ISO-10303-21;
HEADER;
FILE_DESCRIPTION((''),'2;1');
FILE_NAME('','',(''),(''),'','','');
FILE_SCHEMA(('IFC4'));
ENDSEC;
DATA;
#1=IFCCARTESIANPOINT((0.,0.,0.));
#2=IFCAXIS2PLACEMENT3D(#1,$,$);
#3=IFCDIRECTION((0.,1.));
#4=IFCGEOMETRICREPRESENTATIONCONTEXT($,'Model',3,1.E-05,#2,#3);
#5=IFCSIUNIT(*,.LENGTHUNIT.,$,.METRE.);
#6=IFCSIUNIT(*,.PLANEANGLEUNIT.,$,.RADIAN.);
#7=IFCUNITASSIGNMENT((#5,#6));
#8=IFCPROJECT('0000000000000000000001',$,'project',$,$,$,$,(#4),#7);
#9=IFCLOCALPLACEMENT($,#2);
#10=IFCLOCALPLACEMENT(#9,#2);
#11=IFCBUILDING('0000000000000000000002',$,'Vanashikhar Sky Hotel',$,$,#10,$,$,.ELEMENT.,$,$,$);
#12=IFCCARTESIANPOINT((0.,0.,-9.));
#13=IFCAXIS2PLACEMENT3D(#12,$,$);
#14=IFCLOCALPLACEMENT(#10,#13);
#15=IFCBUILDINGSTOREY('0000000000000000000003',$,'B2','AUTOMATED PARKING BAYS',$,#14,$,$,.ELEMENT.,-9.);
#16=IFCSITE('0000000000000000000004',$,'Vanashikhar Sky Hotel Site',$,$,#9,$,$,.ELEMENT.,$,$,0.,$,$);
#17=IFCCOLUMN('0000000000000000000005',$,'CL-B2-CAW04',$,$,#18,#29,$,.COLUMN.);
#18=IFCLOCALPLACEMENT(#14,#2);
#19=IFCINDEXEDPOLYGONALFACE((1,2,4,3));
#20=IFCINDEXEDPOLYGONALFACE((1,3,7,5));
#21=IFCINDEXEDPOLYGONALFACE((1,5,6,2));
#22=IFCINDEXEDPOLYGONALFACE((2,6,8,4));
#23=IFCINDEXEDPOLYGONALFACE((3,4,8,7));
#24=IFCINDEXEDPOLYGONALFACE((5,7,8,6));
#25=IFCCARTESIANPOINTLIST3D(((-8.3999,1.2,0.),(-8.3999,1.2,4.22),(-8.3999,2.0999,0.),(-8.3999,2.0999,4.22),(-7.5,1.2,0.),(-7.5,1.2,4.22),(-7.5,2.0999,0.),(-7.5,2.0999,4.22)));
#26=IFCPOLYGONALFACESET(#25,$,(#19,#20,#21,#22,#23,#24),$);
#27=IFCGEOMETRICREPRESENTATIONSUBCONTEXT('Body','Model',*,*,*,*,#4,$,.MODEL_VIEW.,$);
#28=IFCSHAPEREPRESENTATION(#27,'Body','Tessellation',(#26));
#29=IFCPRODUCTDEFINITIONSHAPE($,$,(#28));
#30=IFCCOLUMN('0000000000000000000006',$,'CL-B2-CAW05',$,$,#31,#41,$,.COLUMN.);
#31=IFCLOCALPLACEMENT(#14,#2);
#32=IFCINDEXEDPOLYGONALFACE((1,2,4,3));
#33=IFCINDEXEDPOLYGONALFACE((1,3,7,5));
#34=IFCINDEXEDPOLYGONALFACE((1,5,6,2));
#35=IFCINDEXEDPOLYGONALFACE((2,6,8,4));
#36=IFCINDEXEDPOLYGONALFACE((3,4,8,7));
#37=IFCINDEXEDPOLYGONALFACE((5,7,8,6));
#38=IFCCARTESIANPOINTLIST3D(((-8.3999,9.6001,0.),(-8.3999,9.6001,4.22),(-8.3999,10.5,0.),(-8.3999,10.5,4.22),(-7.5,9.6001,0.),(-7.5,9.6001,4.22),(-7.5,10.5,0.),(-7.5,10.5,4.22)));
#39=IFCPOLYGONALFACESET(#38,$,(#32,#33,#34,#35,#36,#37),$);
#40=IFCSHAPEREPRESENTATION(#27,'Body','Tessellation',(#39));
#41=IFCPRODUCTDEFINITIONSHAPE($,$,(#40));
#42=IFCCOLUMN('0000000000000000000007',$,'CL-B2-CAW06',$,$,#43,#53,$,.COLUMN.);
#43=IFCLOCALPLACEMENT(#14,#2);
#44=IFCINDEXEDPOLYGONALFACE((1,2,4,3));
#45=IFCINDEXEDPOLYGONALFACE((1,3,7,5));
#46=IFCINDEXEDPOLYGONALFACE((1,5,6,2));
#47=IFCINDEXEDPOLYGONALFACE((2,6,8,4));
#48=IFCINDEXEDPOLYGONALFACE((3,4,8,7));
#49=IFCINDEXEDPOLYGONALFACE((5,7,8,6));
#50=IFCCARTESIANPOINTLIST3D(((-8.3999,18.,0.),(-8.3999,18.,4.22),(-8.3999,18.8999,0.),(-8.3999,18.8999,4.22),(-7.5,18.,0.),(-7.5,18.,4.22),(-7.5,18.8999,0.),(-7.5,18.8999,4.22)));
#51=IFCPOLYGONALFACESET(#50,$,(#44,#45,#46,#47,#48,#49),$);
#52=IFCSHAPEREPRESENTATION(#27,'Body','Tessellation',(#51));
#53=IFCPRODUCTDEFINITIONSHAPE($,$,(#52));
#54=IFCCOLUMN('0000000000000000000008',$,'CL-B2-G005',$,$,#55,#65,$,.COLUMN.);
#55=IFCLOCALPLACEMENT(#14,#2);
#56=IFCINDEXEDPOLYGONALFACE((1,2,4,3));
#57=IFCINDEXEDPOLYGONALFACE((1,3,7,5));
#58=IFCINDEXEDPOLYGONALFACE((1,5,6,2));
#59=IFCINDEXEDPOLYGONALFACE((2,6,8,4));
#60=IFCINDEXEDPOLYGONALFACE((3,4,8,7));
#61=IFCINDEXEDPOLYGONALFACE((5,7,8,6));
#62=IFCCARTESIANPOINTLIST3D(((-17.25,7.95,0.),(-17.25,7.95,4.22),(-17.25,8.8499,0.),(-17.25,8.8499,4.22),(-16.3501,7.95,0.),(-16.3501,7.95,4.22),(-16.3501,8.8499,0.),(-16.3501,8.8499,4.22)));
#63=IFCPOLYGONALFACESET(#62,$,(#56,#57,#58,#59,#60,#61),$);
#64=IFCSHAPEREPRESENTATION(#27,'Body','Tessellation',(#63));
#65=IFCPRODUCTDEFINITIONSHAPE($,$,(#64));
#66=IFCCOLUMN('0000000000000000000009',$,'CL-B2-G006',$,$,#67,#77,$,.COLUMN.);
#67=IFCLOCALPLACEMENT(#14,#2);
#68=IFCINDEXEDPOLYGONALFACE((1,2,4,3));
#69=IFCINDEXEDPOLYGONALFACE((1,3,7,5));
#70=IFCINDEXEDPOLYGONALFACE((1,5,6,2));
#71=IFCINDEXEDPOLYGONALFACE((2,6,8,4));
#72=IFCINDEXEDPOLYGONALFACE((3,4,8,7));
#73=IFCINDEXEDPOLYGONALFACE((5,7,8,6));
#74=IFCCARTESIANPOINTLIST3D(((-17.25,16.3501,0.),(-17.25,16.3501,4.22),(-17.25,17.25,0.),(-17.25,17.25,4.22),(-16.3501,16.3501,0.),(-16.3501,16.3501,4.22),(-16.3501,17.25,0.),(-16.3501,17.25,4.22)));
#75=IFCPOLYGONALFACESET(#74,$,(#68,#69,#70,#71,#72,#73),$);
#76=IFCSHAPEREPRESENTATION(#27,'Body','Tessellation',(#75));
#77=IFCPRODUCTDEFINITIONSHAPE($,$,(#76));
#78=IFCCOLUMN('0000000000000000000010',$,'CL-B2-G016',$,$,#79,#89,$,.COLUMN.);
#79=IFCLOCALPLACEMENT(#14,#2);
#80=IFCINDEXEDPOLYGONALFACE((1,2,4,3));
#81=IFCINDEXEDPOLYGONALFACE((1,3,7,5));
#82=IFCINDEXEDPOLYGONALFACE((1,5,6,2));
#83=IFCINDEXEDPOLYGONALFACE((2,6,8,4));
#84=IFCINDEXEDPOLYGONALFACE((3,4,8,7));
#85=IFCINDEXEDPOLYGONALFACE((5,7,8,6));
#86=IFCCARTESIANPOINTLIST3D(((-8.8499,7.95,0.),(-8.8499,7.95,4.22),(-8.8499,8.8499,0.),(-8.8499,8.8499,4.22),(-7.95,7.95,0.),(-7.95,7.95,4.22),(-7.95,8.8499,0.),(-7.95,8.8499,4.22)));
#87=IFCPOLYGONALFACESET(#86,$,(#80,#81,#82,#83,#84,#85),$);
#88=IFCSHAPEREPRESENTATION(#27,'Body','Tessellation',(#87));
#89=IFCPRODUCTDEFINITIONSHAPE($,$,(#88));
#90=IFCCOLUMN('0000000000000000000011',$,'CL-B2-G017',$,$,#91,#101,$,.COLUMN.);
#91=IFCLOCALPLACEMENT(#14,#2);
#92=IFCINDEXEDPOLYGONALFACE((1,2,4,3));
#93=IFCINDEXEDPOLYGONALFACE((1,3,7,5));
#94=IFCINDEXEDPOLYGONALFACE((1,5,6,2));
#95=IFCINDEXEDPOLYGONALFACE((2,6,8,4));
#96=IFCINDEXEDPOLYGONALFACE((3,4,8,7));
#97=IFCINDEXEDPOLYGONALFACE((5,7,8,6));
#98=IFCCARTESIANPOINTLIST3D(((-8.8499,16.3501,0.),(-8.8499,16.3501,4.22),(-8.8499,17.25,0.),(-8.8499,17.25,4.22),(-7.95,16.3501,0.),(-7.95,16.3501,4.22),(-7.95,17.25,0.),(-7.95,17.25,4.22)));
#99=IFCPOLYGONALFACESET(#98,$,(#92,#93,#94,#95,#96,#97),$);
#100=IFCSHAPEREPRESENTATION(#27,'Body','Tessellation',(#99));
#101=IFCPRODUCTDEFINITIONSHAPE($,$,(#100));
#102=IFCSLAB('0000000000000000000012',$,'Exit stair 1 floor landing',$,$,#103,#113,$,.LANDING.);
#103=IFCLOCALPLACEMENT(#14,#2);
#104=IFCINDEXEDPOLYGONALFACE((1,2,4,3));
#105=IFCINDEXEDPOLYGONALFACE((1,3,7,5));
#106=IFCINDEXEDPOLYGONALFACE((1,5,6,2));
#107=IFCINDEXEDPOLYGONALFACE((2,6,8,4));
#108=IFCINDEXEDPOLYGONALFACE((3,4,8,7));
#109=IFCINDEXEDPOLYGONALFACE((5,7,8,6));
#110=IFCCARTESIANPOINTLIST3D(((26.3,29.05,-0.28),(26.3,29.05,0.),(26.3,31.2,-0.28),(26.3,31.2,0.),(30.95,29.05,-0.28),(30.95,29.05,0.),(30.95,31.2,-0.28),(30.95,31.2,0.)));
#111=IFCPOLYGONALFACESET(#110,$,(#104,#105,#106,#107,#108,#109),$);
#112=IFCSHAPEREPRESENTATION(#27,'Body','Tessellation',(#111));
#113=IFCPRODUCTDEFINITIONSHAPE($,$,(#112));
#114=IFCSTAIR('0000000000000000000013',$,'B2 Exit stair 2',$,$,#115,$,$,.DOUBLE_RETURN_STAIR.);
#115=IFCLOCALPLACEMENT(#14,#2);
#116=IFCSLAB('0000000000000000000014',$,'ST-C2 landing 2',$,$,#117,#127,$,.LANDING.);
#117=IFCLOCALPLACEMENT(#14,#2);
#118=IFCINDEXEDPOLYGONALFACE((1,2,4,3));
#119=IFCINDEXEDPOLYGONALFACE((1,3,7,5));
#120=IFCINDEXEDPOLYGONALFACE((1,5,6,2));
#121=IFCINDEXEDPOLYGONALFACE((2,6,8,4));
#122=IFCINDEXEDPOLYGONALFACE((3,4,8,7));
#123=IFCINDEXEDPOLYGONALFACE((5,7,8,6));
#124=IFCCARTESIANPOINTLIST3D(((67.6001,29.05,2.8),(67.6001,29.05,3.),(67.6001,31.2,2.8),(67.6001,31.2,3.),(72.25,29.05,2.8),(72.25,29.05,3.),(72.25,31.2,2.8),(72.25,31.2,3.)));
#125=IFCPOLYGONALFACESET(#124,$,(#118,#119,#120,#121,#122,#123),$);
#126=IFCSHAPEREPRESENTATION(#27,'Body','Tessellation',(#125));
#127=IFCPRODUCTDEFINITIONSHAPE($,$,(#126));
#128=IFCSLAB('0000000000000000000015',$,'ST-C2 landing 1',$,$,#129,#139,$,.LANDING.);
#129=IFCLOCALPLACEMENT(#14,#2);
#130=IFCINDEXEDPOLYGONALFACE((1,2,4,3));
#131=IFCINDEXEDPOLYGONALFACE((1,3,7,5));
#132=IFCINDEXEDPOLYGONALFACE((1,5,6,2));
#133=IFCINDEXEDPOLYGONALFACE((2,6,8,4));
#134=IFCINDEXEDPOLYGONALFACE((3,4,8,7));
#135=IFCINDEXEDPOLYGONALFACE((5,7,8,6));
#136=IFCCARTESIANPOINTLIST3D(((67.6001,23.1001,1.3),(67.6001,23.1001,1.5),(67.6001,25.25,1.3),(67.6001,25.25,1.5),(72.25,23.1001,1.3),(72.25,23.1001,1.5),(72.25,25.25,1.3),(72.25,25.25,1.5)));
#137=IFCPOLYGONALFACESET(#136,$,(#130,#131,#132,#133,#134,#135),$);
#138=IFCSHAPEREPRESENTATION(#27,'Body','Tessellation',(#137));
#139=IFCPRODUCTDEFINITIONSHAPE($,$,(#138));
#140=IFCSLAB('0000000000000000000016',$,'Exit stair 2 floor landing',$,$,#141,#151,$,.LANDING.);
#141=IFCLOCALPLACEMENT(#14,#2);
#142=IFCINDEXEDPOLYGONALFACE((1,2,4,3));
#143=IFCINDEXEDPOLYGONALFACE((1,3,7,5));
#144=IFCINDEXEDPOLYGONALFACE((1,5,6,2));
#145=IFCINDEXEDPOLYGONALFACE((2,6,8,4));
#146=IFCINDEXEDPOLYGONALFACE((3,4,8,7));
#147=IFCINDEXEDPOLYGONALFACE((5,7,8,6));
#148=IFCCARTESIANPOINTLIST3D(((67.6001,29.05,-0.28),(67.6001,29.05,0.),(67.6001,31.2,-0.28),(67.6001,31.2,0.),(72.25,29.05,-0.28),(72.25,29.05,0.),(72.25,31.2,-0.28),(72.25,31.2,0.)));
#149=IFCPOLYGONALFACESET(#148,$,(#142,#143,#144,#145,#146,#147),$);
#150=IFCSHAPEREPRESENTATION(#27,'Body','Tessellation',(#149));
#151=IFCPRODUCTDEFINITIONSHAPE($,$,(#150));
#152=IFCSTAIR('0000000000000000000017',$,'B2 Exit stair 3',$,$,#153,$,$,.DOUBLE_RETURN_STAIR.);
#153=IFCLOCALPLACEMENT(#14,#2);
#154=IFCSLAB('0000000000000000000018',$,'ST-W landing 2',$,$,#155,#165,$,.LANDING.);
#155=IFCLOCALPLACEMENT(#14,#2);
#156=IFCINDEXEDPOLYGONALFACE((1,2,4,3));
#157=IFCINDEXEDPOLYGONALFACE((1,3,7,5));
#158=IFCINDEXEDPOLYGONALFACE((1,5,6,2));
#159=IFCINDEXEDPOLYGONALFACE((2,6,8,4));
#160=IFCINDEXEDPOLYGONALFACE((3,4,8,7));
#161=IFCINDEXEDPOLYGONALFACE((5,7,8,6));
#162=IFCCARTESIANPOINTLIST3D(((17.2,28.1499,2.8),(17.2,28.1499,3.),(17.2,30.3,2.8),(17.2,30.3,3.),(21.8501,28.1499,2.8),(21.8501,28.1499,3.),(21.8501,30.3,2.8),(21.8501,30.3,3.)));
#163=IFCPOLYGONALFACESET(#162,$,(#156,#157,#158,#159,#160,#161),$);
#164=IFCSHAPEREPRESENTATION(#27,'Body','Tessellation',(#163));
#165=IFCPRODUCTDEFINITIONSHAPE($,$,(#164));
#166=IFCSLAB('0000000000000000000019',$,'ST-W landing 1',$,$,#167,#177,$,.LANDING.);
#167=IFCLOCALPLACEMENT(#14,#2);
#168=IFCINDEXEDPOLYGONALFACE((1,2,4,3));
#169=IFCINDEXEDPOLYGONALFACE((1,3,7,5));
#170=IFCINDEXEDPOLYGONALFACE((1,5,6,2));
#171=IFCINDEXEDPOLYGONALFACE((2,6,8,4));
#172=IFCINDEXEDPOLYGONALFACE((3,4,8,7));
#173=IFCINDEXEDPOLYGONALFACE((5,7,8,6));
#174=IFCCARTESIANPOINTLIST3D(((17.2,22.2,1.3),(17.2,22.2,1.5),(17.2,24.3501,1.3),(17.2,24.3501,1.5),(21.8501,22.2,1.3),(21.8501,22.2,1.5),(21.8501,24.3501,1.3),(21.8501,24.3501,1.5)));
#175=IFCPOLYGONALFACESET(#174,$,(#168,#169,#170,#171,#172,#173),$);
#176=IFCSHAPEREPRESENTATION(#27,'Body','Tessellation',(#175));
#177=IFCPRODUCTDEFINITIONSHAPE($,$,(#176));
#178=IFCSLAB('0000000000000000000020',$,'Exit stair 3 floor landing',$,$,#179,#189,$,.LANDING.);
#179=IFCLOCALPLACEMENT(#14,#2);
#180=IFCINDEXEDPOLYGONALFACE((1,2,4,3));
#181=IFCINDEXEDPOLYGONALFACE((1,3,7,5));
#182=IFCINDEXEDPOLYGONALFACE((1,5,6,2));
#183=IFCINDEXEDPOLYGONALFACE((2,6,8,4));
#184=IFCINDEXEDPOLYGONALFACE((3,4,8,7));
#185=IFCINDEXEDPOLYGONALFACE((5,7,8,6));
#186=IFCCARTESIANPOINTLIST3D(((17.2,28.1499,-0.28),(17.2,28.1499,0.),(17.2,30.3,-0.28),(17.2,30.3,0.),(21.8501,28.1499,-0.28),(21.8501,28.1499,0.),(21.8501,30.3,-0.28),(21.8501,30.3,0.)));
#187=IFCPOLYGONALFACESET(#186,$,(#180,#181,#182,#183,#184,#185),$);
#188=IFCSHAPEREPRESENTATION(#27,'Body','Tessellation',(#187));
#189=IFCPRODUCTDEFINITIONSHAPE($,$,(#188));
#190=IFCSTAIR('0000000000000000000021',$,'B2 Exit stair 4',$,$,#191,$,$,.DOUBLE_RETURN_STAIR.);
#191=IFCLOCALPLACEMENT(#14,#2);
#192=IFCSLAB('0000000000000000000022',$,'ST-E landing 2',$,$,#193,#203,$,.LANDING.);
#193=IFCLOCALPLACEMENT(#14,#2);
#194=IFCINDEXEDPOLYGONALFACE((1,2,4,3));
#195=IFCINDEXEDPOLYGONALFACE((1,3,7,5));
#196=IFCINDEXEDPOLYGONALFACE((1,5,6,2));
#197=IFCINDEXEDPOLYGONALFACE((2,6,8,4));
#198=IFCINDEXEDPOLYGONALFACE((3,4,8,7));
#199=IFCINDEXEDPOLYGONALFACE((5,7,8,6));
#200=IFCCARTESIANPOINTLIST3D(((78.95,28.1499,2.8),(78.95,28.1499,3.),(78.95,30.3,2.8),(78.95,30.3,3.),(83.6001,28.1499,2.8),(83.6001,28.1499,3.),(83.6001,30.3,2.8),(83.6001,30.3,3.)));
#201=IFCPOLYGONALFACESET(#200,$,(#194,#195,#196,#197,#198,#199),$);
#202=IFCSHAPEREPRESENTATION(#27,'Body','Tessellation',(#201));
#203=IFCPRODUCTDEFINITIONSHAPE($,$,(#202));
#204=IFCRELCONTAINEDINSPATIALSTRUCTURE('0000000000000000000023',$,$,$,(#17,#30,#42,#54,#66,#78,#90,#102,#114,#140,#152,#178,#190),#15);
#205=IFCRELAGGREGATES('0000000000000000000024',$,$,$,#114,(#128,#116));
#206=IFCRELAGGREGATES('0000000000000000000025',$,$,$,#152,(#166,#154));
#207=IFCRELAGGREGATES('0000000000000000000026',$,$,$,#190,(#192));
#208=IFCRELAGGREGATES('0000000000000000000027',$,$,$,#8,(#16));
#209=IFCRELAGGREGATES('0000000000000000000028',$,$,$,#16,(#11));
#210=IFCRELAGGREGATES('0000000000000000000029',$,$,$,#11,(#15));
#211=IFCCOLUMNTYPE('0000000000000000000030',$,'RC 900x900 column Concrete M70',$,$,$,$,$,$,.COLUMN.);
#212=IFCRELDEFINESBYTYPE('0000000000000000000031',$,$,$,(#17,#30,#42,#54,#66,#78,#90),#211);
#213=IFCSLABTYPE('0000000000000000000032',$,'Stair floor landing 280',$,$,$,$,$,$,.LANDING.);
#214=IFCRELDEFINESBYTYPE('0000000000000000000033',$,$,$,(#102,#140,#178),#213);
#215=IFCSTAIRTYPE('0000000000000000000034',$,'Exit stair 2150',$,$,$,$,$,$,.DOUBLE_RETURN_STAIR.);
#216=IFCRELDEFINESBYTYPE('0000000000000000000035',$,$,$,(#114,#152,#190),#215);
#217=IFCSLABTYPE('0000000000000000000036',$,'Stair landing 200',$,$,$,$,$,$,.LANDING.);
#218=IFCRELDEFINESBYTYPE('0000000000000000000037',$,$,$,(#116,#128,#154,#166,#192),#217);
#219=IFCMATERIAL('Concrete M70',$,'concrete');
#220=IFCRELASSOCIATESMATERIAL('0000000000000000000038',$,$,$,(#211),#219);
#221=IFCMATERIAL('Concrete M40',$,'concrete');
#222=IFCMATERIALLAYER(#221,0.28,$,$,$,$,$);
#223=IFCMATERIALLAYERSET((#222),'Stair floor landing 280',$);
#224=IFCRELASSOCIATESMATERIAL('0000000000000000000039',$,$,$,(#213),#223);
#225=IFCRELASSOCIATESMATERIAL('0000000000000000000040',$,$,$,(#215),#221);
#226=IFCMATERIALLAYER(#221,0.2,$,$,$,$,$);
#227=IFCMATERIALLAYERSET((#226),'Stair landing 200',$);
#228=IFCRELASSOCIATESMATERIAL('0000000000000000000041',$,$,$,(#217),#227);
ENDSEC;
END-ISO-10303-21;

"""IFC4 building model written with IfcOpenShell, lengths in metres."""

from ifc_helpers import new_model, si_unit, direction, frame, origin, origin_2d, place, context, subcontext, project, spatial, polyline, rectangle, outline, extrude, source, transform, mapped, material, layer, layer_set, material_profile, profile_set, type_object, element, aggregate, save


model = new_model("IFC4")

# Units and contexts
model_context = context("Model", 3, precision=1e-05, world=origin(), true_north=direction((0.0, 1.0)))
body_context = subcontext(model_context, "Body", "Model", "MODEL_VIEW")
ifc_project = project(units=[si_unit("LENGTHUNIT", "METRE"), si_unit("PLANEANGLEUNIT", "RADIAN")], contexts=[model_context])

# Site, building, storey
site_placement = place(None, origin())
site = spatial("IfcSite", under=ifc_project, at=site_placement, Name="Vanashikhar Sky Hotel Site", CompositionType="ELEMENT", RefElevation=0.0)
building_placement = place(site_placement, origin())
building = spatial("IfcBuilding", under=site, at=building_placement, Name="Vanashikhar Sky Hotel", CompositionType="ELEMENT")
storey_placement = place(building_placement, frame((0.0, 0.0, -9.0)))
storey = spatial("IfcBuildingStorey", under=building, at=storey_placement, Name="B2", Description="AUTOMATED PARKING BAYS", CompositionType="ELEMENT", Elevation=-9.0)

# Columns
ifc_material_1 = material(Name="Concrete M70", Category="concrete")
ifc_material_profile = material_profile(ifc_material_1, rectangle(XDim=0.8999, YDim=0.8999, at=origin_2d()))
ifc_profile_set = profile_set([ifc_material_profile], Name="RC 900x900 column Concrete M70")
column_type = type_object("IfcColumnType", Name="RC 900x900 column Concrete M70", PredefinedType="COLUMN", material=ifc_profile_set)
shared_shape_1 = source(origin(), body_context, "Body", "SweptSolid", [
    extrude(rectangle(XDim=0.8999, YDim=0.8999, at=origin_2d()), origin(), (0.0, 0.0, 1.0), 4.22),
])
for number, where, z_axis, x_axis, name in (
    (1, (-7.95, 1.6499, 0.0), (0.0, 0.0, 1.0), (1.0, 0.0, 0.0), "CL-B2-CAW04"),
    (2, (-7.95, 10.05, 0.0), (0.0, 0.0, 1.0), (1.0, 0.0, 0.0), "CL-B2-CAW05"),
    (3, (-7.95, 18.45, 0.0), (0.0, 0.0, 1.0), (1.0, 0.0, 0.0), "CL-B2-CAW06"),
    (4, (-16.8, 8.3999, 0.0), (0.0, 0.0, 1.0), (1.0, 0.0, 0.0), "CL-B2-G005"),
    (5, (-16.8, 16.8, 0.0), (0.0, 0.0, 1.0), (1.0, 0.0, 0.0), "CL-B2-G006"),
    (6, (-8.3999, 8.3999, 0.0), (0.0, 0.0, 1.0), (1.0, 0.0, 0.0), "CL-B2-G016"),
    (7, (-8.3999, 16.8, 0.0), (0.0, 0.0, 1.0), (1.0, 0.0, 0.0), "CL-B2-G017"),
):
    element("IfcColumn", number, at=place(storey_placement, frame(where, z_axis=z_axis, x_axis=x_axis)), inside=storey, type_object=column_type, Name=name, PredefinedType="COLUMN", context=body_context, shape_type="MappedRepresentation", body=[
        mapped(shared_shape_1, transform((0.0, 0.0, 0.0), scale=1.0)),
    ])

# Slab
ifc_material_2 = material(Name="Concrete M40", Category="concrete")
ifc_layer_1 = layer(ifc_material_2, 0.28)
ifc_layer_set_1 = layer_set([ifc_layer_1], Name="Stair floor landing 280")
slab_type_1 = type_object("IfcSlabType", Name="Stair floor landing 280", PredefinedType="LANDING", material=ifc_layer_set_1)
shared_shape_2 = source(origin(), body_context, "Body", "SweptSolid", [
    extrude(outline(polyline([(30.95, 29.05), (30.95, 31.2), (26.3, 31.2), (26.3, 29.05), (30.95, 29.05)])), origin(), (0.0, 0.0, 1.0), 0.28),
])
slab_1_placement = place(storey_placement, frame((0.0, 0.0, -0.28)))
element("IfcSlab", 8, at=slab_1_placement, inside=storey, type_object=slab_type_1, Name="Exit stair 1 floor landing", PredefinedType="LANDING", context=body_context, shape_type="MappedRepresentation", body=[
    mapped(shared_shape_2, transform((0.0, 0.0, 0.0), scale=1.0)),
])

# Stair, slabs
stair_type = type_object("IfcStairType", Name="Exit stair 2150", PredefinedType="DOUBLE_RETURN_STAIR", material=ifc_material_2)
stair_1_placement = place(storey_placement, origin())
stair_1 = element("IfcStair", 9, at=stair_1_placement, inside=storey, type_object=stair_type, Name="B2 Exit stair 2", PredefinedType="DOUBLE_RETURN_STAIR")
ifc_layer_2 = layer(ifc_material_2, 0.2)
ifc_layer_set_2 = layer_set([ifc_layer_2], Name="Stair landing 200")
slab_type_2 = type_object("IfcSlabType", Name="Stair landing 200", PredefinedType="LANDING", material=ifc_layer_set_2)
shared_shape_3 = source(origin(), body_context, "Body", "SweptSolid", [
    extrude(outline(polyline([(72.25, 29.05), (72.25, 31.2), (67.6001, 31.2), (67.6001, 29.05), (72.25, 29.05)])), origin(), (0.0, 0.0, 1.0), 0.2),
])
slab_2_placement = place(storey_placement, frame((0.0, 0.0, 2.8)))
slab_2 = element("IfcSlab", 10, at=slab_2_placement, type_object=slab_type_2, Name="ST-C2 landing 2", PredefinedType="LANDING", context=body_context, shape_type="MappedRepresentation", body=[
    mapped(shared_shape_3, transform((0.0, 0.0, 0.0), scale=1.0)),
])
shared_shape_4 = source(origin(), body_context, "Body", "SweptSolid", [
    extrude(outline(polyline([(72.25, 23.1001), (72.25, 25.25), (67.6001, 25.25), (67.6001, 23.1001), (72.25, 23.1001)])), origin(), (0.0, 0.0, 1.0), 0.2),
])
slab_3_placement = place(storey_placement, frame((0.0, 0.0, 1.3)))
slab_3 = element("IfcSlab", 11, at=slab_3_placement, type_object=slab_type_2, Name="ST-C2 landing 1", PredefinedType="LANDING", context=body_context, shape_type="MappedRepresentation", body=[
    mapped(shared_shape_4, transform((0.0, 0.0, 0.0), scale=1.0)),
])
aggregate(stair_1, [slab_3, slab_2])

# Slab
shared_shape_5 = source(origin(), body_context, "Body", "SweptSolid", [
    extrude(outline(polyline([(72.25, 29.05), (72.25, 31.2), (67.6001, 31.2), (67.6001, 29.05), (72.25, 29.05)])), origin(), (0.0, 0.0, 1.0), 0.28),
])
slab_4_placement = place(storey_placement, frame((0.0, 0.0, -0.28)))
element("IfcSlab", 12, at=slab_4_placement, inside=storey, type_object=slab_type_1, Name="Exit stair 2 floor landing", PredefinedType="LANDING", context=body_context, shape_type="MappedRepresentation", body=[
    mapped(shared_shape_5, transform((0.0, 0.0, 0.0), scale=1.0)),
])

# Stair, slabs
stair_2_placement = place(storey_placement, origin())
stair_2 = element("IfcStair", 13, at=stair_2_placement, inside=storey, type_object=stair_type, Name="B2 Exit stair 3", PredefinedType="DOUBLE_RETURN_STAIR")
shared_shape_6 = source(origin(), body_context, "Body", "SweptSolid", [
    extrude(outline(polyline([(21.8501, 28.1499), (21.8501, 30.3), (17.2, 30.3), (17.2, 28.1499), (21.8501, 28.1499)])), origin(), (0.0, 0.0, 1.0), 0.2),
])
slab_5_placement = place(storey_placement, frame((0.0, 0.0, 2.8)))
slab_5 = element("IfcSlab", 14, at=slab_5_placement, type_object=slab_type_2, Name="ST-W landing 2", PredefinedType="LANDING", context=body_context, shape_type="MappedRepresentation", body=[
    mapped(shared_shape_6, transform((0.0, 0.0, 0.0), scale=1.0)),
])
shared_shape_7 = source(origin(), body_context, "Body", "SweptSolid", [
    extrude(outline(polyline([(21.8501, 22.2), (21.8501, 24.3501), (17.2, 24.3501), (17.2, 22.2), (21.8501, 22.2)])), origin(), (0.0, 0.0, 1.0), 0.2),
])
slab_6_placement = place(storey_placement, frame((0.0, 0.0, 1.3)))
slab_6 = element("IfcSlab", 15, at=slab_6_placement, type_object=slab_type_2, Name="ST-W landing 1", PredefinedType="LANDING", context=body_context, shape_type="MappedRepresentation", body=[
    mapped(shared_shape_7, transform((0.0, 0.0, 0.0), scale=1.0)),
])
aggregate(stair_2, [slab_6, slab_5])

# Slab
shared_shape_8 = source(origin(), body_context, "Body", "SweptSolid", [
    extrude(outline(polyline([(21.8501, 28.1499), (21.8501, 30.3), (17.2, 30.3), (17.2, 28.1499), (21.8501, 28.1499)])), origin(), (0.0, 0.0, 1.0), 0.28),
])
slab_7_placement = place(storey_placement, frame((0.0, 0.0, -0.28)))
element("IfcSlab", 16, at=slab_7_placement, inside=storey, type_object=slab_type_1, Name="Exit stair 3 floor landing", PredefinedType="LANDING", context=body_context, shape_type="MappedRepresentation", body=[
    mapped(shared_shape_8, transform((0.0, 0.0, 0.0), scale=1.0)),
])

# Stair, slab
stair_3_placement = place(storey_placement, origin())
stair_3 = element("IfcStair", 17, at=stair_3_placement, inside=storey, type_object=stair_type, Name="B2 Exit stair 4", PredefinedType="DOUBLE_RETURN_STAIR")
shared_shape_9 = source(origin(), body_context, "Body", "SweptSolid", [
    extrude(outline(polyline([(83.6001, 28.1499), (83.6001, 30.3), (78.95, 30.3), (78.95, 28.1499), (83.6001, 28.1499)])), origin(), (0.0, 0.0, 1.0), 0.2),
])
slab_8_placement = place(storey_placement, frame((0.0, 0.0, 2.8)))
slab_8 = element("IfcSlab", 18, at=slab_8_placement, type_object=slab_type_2, Name="ST-E landing 2", PredefinedType="LANDING", context=body_context, shape_type="MappedRepresentation", body=[
    mapped(shared_shape_9, transform((0.0, 0.0, 0.0), scale=1.0)),
])
aggregate(stair_3, [slab_8])

save(model, "model.ifc")
